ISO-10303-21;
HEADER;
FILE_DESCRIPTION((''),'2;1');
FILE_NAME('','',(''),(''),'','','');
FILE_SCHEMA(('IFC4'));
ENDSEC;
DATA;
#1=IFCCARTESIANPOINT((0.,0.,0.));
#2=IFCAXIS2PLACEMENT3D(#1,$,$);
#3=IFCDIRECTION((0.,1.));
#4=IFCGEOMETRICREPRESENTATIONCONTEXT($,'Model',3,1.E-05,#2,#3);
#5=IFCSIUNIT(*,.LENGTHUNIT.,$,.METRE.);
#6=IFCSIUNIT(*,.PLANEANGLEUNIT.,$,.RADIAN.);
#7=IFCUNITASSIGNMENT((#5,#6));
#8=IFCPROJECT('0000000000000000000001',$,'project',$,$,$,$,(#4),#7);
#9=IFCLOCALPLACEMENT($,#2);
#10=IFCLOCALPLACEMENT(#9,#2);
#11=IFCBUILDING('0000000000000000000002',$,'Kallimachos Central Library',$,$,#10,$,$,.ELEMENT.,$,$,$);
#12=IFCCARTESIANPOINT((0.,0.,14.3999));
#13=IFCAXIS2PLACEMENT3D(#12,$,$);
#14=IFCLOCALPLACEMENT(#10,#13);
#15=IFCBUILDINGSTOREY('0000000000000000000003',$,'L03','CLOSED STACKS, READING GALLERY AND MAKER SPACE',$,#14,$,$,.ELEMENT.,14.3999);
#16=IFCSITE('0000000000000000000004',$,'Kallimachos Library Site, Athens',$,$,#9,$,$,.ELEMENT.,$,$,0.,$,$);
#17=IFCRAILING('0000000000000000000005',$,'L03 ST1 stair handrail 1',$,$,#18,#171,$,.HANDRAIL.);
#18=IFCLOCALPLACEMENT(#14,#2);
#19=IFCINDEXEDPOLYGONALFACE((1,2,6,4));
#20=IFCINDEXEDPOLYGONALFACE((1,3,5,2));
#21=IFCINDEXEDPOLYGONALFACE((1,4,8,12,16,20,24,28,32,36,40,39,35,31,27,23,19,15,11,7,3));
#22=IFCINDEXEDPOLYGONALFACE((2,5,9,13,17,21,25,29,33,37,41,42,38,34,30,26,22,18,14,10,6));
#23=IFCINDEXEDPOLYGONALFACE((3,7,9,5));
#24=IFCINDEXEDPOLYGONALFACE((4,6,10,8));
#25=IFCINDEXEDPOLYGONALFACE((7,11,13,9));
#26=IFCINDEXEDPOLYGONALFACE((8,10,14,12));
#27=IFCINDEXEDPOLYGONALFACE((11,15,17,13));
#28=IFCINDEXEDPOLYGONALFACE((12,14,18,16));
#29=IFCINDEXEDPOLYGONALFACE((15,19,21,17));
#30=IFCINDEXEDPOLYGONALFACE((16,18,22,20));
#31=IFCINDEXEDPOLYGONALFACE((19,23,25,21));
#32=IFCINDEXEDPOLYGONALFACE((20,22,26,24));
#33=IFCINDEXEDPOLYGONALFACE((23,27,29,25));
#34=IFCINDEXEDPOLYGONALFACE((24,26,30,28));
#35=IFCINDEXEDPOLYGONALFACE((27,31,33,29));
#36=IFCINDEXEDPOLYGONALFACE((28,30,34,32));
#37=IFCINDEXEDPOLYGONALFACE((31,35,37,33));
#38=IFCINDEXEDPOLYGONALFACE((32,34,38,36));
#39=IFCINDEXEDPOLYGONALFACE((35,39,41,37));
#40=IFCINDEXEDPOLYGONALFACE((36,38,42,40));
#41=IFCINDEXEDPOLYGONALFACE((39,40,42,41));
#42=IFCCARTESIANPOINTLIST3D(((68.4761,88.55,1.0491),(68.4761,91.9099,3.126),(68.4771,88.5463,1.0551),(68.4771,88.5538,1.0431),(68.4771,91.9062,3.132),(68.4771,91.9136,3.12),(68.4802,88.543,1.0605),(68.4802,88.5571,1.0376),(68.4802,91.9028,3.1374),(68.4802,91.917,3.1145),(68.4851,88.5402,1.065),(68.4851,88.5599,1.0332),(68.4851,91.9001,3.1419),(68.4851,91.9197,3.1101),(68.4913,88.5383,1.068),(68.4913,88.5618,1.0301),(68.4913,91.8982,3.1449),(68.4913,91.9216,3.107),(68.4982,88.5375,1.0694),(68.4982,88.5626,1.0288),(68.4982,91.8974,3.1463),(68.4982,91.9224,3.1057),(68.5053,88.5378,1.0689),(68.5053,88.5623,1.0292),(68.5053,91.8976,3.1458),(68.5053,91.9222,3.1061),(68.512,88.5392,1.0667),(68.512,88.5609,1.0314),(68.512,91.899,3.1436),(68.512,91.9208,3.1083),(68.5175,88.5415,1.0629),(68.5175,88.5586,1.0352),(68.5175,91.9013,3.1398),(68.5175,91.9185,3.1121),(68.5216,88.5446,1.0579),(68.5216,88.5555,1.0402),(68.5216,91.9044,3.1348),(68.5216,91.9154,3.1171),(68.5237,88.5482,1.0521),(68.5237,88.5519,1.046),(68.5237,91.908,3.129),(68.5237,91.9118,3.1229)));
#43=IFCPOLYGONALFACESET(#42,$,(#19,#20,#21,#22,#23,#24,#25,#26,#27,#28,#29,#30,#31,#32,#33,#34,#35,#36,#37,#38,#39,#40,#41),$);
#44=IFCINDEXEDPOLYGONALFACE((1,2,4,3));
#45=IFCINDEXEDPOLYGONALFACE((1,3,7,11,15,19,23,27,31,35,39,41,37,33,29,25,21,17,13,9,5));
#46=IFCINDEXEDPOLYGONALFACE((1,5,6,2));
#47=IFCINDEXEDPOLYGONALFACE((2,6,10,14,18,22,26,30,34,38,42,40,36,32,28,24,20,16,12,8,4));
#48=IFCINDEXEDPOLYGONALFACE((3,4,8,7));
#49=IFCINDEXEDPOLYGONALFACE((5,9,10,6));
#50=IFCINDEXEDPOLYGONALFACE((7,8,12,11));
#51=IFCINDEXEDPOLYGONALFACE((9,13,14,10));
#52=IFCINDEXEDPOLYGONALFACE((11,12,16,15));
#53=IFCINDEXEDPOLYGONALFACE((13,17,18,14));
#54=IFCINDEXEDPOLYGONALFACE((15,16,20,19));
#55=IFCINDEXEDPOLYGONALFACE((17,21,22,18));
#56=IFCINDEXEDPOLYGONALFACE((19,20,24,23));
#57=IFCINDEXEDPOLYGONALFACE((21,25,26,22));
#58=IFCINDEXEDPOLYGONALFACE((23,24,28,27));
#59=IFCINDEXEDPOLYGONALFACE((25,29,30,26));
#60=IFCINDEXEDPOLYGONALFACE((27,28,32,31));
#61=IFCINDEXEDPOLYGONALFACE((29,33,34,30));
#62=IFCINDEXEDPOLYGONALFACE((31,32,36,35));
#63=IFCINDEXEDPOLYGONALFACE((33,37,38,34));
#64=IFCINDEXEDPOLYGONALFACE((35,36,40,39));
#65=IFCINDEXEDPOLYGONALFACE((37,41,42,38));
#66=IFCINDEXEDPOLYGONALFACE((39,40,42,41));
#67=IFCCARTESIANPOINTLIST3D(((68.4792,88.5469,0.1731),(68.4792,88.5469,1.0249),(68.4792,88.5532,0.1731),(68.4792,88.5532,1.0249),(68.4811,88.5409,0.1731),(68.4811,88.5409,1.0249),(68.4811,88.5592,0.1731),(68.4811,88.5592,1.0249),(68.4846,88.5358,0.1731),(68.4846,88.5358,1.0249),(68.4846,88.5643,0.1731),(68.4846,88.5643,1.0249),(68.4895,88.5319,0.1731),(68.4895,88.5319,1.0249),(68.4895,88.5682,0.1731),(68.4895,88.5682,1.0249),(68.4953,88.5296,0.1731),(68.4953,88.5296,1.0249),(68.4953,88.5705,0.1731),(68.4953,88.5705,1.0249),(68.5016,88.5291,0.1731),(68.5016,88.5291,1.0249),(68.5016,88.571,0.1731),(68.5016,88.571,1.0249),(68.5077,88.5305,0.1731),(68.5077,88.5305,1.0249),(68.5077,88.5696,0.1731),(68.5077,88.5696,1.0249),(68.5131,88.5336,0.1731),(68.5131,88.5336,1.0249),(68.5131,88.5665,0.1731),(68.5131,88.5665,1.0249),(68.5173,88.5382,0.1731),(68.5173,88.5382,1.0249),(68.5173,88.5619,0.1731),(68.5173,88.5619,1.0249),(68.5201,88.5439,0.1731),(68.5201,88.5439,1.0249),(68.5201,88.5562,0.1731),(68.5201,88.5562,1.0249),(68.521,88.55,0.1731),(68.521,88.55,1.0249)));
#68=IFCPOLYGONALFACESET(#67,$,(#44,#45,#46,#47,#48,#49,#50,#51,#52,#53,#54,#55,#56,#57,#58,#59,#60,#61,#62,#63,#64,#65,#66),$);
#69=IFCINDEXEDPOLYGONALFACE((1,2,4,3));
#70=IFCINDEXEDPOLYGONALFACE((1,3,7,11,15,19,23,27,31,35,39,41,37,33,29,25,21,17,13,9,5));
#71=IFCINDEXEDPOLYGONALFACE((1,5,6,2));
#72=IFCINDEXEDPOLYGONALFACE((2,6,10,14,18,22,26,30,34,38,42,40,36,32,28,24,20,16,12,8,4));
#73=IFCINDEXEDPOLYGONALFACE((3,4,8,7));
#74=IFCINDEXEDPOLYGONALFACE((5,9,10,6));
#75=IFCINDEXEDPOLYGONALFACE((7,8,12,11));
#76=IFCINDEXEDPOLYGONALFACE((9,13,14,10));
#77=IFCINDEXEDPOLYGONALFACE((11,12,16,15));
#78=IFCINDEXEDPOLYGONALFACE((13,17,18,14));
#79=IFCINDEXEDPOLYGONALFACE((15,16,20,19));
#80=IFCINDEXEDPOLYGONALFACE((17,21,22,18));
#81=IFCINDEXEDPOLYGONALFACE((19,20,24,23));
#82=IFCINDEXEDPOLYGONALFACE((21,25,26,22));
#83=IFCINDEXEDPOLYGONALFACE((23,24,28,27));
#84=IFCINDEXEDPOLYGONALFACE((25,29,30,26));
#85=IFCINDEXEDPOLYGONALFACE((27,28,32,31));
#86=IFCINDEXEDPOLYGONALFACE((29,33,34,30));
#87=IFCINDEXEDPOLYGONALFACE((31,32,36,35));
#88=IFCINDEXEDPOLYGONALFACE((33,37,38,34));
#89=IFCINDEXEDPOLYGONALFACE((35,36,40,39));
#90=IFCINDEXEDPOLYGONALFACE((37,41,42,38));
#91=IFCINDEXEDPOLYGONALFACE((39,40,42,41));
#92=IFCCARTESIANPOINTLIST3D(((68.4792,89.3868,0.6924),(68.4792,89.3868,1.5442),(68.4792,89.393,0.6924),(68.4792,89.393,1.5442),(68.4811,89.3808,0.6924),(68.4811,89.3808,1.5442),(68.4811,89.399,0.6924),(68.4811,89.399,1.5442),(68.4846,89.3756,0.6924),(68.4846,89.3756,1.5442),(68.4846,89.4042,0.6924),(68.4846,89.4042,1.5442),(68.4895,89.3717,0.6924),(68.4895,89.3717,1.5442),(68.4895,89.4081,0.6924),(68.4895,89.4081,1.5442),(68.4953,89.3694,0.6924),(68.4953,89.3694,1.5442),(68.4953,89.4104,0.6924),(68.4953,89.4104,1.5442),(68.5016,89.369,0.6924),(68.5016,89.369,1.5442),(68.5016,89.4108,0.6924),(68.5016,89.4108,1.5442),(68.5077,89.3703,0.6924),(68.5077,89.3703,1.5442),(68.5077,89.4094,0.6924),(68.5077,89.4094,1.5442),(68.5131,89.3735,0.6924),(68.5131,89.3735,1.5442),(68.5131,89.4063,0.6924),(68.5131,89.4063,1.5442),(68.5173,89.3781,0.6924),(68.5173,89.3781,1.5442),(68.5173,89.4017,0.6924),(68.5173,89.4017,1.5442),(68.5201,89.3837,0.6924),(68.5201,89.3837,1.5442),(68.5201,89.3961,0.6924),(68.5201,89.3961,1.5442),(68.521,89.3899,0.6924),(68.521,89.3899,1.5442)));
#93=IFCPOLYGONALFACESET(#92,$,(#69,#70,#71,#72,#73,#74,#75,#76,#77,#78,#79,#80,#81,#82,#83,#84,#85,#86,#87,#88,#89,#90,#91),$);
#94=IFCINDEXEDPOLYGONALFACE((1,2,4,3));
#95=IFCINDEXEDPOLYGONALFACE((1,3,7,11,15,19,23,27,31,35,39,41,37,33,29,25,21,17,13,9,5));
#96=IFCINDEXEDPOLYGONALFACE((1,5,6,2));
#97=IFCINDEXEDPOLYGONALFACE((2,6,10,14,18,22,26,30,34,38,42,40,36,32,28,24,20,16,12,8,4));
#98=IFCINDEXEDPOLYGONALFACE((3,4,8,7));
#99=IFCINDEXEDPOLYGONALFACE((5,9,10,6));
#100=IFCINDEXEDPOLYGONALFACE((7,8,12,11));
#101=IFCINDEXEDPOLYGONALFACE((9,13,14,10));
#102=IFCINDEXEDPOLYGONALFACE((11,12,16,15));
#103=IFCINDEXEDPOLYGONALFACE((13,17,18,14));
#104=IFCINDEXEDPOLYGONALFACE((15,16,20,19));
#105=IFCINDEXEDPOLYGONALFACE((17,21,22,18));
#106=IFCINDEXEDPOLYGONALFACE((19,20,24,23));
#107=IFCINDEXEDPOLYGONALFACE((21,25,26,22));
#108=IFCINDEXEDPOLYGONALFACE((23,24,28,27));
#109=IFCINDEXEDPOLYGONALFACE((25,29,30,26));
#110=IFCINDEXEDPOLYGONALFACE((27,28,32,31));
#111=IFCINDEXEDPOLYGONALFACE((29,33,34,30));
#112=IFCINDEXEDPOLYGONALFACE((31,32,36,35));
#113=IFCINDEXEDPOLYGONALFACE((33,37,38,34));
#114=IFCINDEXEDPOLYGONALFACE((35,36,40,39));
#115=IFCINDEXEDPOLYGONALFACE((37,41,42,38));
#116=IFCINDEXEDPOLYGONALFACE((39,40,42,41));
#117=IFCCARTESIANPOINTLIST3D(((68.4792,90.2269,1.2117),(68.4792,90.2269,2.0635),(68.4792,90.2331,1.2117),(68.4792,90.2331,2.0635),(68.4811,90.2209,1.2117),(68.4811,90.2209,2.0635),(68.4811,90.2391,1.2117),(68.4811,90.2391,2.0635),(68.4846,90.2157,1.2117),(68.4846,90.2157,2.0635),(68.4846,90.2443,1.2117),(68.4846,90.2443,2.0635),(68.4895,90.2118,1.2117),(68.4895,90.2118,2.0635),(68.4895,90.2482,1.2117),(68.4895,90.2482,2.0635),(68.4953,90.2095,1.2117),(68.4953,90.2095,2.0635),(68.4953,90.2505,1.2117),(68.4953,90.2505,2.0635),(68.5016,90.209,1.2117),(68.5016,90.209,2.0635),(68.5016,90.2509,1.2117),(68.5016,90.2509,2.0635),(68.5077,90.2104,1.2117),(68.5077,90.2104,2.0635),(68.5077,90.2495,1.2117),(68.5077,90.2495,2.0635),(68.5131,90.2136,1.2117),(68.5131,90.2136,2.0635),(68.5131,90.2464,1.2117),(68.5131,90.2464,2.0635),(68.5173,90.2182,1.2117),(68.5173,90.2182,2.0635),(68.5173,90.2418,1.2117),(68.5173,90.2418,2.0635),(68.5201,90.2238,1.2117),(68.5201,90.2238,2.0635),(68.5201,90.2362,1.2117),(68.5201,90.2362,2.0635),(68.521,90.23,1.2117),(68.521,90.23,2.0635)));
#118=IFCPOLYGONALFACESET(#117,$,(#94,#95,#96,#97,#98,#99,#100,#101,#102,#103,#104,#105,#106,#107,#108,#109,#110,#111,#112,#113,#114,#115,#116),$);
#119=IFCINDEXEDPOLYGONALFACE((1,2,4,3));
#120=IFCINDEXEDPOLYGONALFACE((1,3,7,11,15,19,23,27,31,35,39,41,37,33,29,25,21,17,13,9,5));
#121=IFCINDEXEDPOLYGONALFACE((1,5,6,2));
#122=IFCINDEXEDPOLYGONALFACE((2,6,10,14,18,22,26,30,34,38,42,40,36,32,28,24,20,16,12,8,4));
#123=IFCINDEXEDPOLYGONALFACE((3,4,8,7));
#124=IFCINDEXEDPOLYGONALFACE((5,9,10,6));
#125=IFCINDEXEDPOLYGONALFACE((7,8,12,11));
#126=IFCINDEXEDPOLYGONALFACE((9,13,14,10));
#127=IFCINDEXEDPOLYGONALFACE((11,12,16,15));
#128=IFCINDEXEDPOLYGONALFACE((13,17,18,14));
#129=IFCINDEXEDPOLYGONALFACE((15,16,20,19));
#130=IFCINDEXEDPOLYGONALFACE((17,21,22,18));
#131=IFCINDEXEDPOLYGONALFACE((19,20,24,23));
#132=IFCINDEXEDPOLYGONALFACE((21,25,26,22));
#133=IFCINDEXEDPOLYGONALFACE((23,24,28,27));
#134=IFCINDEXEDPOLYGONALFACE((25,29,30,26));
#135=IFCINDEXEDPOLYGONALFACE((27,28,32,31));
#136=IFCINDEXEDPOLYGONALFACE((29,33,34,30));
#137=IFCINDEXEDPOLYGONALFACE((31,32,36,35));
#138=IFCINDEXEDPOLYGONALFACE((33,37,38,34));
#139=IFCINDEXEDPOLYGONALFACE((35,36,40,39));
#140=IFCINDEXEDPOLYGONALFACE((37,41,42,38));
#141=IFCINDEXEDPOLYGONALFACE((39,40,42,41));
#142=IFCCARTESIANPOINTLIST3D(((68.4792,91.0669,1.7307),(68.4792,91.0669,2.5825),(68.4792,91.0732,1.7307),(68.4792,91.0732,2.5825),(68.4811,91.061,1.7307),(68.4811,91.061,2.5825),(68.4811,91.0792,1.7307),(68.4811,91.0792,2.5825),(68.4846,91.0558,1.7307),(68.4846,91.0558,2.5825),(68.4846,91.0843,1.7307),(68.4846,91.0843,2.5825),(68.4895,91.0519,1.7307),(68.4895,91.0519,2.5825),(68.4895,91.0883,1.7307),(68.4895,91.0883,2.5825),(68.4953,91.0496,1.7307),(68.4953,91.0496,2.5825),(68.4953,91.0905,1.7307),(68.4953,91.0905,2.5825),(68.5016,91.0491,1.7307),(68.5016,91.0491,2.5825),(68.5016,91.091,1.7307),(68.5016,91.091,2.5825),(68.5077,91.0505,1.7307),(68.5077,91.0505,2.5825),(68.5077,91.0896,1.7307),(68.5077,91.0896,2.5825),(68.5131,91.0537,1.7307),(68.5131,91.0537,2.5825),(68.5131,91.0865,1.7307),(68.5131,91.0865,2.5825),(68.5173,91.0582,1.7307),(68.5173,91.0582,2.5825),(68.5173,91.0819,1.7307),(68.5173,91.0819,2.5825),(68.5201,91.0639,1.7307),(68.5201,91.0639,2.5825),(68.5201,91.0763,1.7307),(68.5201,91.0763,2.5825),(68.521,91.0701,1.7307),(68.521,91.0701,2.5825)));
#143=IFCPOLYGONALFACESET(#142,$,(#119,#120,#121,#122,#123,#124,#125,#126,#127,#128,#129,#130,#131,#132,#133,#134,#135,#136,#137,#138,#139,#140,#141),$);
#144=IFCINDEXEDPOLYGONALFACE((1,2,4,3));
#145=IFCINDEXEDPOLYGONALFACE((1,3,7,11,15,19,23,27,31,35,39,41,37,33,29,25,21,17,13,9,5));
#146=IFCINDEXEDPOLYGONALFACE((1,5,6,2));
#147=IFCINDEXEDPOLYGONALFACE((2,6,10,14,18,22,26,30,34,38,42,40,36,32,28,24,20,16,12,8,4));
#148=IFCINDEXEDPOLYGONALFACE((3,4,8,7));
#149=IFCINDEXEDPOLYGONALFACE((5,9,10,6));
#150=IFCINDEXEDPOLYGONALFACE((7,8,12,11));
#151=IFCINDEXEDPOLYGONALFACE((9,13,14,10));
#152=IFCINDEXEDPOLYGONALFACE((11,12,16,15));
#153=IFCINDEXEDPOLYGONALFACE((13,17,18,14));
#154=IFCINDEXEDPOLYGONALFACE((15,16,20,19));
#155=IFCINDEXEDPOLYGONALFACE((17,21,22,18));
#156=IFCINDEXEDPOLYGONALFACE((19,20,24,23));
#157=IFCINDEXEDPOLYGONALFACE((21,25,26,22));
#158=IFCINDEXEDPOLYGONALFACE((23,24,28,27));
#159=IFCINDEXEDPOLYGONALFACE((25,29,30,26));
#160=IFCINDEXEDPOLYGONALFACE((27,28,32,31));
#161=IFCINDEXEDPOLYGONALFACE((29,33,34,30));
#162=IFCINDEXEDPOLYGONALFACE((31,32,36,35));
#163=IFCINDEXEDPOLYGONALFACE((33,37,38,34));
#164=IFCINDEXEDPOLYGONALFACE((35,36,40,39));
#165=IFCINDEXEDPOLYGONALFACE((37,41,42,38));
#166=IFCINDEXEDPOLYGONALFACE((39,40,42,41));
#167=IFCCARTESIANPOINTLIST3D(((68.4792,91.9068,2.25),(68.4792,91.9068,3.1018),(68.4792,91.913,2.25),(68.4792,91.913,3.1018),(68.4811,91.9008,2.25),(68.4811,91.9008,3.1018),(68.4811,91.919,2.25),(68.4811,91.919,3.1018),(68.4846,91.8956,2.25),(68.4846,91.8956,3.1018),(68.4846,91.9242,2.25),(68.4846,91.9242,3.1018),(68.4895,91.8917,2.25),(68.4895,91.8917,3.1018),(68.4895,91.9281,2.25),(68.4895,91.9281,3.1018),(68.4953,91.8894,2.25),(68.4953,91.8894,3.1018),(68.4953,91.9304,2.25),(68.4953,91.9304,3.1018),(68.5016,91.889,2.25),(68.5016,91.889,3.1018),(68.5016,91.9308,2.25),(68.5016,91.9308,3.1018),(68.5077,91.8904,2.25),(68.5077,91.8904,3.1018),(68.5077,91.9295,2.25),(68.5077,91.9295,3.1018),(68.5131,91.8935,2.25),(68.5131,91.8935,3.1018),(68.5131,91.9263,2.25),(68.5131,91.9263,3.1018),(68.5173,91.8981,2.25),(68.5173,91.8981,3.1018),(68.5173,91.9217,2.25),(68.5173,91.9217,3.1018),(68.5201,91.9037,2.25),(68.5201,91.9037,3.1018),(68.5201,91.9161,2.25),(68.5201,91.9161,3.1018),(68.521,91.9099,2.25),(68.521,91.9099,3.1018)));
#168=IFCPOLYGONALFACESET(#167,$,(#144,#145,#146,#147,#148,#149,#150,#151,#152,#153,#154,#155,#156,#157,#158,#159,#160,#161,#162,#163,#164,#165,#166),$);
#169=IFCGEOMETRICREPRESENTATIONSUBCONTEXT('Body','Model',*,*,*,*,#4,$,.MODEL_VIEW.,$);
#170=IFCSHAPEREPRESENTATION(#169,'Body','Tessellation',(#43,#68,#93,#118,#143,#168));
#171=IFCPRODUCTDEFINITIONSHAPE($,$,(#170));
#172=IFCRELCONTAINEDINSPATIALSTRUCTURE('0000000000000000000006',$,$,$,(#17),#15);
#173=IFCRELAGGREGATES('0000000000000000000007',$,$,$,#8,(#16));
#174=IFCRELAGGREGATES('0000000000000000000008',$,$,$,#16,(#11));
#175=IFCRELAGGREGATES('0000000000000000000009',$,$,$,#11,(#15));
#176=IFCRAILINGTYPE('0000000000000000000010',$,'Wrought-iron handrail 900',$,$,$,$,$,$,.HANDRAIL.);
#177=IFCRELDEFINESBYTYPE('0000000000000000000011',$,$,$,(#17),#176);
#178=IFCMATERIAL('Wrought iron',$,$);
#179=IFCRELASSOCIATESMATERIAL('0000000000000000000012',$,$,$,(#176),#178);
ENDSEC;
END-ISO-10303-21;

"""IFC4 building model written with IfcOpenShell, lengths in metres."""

from ifc_helpers import new_model, si_unit, direction, frame, origin, origin_2d, place, context, subcontext, project, spatial, circle, extrude, material, type_object, element, save


model = new_model("IFC4")

# Units and contexts
model_context = context("Model", 3, precision=1e-05, world=origin(), true_north=direction((0.0, 1.0)))
body_context = subcontext(model_context, "Body", "Model", "MODEL_VIEW")
ifc_project = project(units=[si_unit("LENGTHUNIT", "METRE"), si_unit("PLANEANGLEUNIT", "RADIAN")], contexts=[model_context])

# Site, building, storey
site_placement = place(None, origin())
site = spatial("IfcSite", under=ifc_project, at=site_placement, Name="Kallimachos Library Site, Athens", CompositionType="ELEMENT", RefElevation=0.0)
building_placement = place(site_placement, origin())
building = spatial("IfcBuilding", under=site, at=building_placement, Name="Kallimachos Central Library", CompositionType="ELEMENT")
storey_placement = place(building_placement, frame((0.0, 0.0, 14.3999)))
storey = spatial("IfcBuildingStorey", under=building, at=storey_placement, Name="L03", Description="CLOSED STACKS, READING GALLERY AND MAKER SPACE", CompositionType="ELEMENT", Elevation=14.3999)

# Railing
ifc_material_1 = material(Name="Wrought iron")
railing_type_1 = type_object("IfcRailingType", Name="Wrought-iron handrail 900", PredefinedType="HANDRAIL", material=ifc_material_1)
railing_1_placement = place(storey_placement, frame((68.5, 88.55, 0.1731)))
element("IfcRailing", 1, at=railing_1_placement, inside=storey, type_object=railing_type_1, Name="L03 ST1 stair handrail 1", PredefinedType="HANDRAIL", context=body_context, shape_type="SweptSolid", body=[
    extrude(circle(Radius=0.0239, at=origin_2d()), frame((0.0, 0.0, 0.876), z_axis=(0.0, 0.850606, 0.525803), x_axis=(-1.0, 0.0, 0.0)), (0.0, 0.0, 1.0), 3.95),
    extrude(circle(Radius=0.021, at=origin_2d()), origin(), (0.0, 0.0, 1.0), 0.8518),
    extrude(circle(Radius=0.021, at=origin_2d()), frame((0.0, 0.8398, 0.5193)), (0.0, 0.0, 1.0), 0.8518),
    extrude(circle(Radius=0.021, at=origin_2d()), frame((0.0, 1.6799, 1.0386)), (0.0, 0.0, 1.0), 0.8518),
    extrude(circle(Radius=0.021, at=origin_2d()), frame((0.0, 2.52, 1.5576)), (0.0, 0.0, 1.0), 0.8518),
    extrude(circle(Radius=0.021, at=origin_2d()), frame((0.0, 3.3599, 2.0769)), (0.0, 0.0, 1.0), 0.8518),
])

save(model, "model.ifc")
